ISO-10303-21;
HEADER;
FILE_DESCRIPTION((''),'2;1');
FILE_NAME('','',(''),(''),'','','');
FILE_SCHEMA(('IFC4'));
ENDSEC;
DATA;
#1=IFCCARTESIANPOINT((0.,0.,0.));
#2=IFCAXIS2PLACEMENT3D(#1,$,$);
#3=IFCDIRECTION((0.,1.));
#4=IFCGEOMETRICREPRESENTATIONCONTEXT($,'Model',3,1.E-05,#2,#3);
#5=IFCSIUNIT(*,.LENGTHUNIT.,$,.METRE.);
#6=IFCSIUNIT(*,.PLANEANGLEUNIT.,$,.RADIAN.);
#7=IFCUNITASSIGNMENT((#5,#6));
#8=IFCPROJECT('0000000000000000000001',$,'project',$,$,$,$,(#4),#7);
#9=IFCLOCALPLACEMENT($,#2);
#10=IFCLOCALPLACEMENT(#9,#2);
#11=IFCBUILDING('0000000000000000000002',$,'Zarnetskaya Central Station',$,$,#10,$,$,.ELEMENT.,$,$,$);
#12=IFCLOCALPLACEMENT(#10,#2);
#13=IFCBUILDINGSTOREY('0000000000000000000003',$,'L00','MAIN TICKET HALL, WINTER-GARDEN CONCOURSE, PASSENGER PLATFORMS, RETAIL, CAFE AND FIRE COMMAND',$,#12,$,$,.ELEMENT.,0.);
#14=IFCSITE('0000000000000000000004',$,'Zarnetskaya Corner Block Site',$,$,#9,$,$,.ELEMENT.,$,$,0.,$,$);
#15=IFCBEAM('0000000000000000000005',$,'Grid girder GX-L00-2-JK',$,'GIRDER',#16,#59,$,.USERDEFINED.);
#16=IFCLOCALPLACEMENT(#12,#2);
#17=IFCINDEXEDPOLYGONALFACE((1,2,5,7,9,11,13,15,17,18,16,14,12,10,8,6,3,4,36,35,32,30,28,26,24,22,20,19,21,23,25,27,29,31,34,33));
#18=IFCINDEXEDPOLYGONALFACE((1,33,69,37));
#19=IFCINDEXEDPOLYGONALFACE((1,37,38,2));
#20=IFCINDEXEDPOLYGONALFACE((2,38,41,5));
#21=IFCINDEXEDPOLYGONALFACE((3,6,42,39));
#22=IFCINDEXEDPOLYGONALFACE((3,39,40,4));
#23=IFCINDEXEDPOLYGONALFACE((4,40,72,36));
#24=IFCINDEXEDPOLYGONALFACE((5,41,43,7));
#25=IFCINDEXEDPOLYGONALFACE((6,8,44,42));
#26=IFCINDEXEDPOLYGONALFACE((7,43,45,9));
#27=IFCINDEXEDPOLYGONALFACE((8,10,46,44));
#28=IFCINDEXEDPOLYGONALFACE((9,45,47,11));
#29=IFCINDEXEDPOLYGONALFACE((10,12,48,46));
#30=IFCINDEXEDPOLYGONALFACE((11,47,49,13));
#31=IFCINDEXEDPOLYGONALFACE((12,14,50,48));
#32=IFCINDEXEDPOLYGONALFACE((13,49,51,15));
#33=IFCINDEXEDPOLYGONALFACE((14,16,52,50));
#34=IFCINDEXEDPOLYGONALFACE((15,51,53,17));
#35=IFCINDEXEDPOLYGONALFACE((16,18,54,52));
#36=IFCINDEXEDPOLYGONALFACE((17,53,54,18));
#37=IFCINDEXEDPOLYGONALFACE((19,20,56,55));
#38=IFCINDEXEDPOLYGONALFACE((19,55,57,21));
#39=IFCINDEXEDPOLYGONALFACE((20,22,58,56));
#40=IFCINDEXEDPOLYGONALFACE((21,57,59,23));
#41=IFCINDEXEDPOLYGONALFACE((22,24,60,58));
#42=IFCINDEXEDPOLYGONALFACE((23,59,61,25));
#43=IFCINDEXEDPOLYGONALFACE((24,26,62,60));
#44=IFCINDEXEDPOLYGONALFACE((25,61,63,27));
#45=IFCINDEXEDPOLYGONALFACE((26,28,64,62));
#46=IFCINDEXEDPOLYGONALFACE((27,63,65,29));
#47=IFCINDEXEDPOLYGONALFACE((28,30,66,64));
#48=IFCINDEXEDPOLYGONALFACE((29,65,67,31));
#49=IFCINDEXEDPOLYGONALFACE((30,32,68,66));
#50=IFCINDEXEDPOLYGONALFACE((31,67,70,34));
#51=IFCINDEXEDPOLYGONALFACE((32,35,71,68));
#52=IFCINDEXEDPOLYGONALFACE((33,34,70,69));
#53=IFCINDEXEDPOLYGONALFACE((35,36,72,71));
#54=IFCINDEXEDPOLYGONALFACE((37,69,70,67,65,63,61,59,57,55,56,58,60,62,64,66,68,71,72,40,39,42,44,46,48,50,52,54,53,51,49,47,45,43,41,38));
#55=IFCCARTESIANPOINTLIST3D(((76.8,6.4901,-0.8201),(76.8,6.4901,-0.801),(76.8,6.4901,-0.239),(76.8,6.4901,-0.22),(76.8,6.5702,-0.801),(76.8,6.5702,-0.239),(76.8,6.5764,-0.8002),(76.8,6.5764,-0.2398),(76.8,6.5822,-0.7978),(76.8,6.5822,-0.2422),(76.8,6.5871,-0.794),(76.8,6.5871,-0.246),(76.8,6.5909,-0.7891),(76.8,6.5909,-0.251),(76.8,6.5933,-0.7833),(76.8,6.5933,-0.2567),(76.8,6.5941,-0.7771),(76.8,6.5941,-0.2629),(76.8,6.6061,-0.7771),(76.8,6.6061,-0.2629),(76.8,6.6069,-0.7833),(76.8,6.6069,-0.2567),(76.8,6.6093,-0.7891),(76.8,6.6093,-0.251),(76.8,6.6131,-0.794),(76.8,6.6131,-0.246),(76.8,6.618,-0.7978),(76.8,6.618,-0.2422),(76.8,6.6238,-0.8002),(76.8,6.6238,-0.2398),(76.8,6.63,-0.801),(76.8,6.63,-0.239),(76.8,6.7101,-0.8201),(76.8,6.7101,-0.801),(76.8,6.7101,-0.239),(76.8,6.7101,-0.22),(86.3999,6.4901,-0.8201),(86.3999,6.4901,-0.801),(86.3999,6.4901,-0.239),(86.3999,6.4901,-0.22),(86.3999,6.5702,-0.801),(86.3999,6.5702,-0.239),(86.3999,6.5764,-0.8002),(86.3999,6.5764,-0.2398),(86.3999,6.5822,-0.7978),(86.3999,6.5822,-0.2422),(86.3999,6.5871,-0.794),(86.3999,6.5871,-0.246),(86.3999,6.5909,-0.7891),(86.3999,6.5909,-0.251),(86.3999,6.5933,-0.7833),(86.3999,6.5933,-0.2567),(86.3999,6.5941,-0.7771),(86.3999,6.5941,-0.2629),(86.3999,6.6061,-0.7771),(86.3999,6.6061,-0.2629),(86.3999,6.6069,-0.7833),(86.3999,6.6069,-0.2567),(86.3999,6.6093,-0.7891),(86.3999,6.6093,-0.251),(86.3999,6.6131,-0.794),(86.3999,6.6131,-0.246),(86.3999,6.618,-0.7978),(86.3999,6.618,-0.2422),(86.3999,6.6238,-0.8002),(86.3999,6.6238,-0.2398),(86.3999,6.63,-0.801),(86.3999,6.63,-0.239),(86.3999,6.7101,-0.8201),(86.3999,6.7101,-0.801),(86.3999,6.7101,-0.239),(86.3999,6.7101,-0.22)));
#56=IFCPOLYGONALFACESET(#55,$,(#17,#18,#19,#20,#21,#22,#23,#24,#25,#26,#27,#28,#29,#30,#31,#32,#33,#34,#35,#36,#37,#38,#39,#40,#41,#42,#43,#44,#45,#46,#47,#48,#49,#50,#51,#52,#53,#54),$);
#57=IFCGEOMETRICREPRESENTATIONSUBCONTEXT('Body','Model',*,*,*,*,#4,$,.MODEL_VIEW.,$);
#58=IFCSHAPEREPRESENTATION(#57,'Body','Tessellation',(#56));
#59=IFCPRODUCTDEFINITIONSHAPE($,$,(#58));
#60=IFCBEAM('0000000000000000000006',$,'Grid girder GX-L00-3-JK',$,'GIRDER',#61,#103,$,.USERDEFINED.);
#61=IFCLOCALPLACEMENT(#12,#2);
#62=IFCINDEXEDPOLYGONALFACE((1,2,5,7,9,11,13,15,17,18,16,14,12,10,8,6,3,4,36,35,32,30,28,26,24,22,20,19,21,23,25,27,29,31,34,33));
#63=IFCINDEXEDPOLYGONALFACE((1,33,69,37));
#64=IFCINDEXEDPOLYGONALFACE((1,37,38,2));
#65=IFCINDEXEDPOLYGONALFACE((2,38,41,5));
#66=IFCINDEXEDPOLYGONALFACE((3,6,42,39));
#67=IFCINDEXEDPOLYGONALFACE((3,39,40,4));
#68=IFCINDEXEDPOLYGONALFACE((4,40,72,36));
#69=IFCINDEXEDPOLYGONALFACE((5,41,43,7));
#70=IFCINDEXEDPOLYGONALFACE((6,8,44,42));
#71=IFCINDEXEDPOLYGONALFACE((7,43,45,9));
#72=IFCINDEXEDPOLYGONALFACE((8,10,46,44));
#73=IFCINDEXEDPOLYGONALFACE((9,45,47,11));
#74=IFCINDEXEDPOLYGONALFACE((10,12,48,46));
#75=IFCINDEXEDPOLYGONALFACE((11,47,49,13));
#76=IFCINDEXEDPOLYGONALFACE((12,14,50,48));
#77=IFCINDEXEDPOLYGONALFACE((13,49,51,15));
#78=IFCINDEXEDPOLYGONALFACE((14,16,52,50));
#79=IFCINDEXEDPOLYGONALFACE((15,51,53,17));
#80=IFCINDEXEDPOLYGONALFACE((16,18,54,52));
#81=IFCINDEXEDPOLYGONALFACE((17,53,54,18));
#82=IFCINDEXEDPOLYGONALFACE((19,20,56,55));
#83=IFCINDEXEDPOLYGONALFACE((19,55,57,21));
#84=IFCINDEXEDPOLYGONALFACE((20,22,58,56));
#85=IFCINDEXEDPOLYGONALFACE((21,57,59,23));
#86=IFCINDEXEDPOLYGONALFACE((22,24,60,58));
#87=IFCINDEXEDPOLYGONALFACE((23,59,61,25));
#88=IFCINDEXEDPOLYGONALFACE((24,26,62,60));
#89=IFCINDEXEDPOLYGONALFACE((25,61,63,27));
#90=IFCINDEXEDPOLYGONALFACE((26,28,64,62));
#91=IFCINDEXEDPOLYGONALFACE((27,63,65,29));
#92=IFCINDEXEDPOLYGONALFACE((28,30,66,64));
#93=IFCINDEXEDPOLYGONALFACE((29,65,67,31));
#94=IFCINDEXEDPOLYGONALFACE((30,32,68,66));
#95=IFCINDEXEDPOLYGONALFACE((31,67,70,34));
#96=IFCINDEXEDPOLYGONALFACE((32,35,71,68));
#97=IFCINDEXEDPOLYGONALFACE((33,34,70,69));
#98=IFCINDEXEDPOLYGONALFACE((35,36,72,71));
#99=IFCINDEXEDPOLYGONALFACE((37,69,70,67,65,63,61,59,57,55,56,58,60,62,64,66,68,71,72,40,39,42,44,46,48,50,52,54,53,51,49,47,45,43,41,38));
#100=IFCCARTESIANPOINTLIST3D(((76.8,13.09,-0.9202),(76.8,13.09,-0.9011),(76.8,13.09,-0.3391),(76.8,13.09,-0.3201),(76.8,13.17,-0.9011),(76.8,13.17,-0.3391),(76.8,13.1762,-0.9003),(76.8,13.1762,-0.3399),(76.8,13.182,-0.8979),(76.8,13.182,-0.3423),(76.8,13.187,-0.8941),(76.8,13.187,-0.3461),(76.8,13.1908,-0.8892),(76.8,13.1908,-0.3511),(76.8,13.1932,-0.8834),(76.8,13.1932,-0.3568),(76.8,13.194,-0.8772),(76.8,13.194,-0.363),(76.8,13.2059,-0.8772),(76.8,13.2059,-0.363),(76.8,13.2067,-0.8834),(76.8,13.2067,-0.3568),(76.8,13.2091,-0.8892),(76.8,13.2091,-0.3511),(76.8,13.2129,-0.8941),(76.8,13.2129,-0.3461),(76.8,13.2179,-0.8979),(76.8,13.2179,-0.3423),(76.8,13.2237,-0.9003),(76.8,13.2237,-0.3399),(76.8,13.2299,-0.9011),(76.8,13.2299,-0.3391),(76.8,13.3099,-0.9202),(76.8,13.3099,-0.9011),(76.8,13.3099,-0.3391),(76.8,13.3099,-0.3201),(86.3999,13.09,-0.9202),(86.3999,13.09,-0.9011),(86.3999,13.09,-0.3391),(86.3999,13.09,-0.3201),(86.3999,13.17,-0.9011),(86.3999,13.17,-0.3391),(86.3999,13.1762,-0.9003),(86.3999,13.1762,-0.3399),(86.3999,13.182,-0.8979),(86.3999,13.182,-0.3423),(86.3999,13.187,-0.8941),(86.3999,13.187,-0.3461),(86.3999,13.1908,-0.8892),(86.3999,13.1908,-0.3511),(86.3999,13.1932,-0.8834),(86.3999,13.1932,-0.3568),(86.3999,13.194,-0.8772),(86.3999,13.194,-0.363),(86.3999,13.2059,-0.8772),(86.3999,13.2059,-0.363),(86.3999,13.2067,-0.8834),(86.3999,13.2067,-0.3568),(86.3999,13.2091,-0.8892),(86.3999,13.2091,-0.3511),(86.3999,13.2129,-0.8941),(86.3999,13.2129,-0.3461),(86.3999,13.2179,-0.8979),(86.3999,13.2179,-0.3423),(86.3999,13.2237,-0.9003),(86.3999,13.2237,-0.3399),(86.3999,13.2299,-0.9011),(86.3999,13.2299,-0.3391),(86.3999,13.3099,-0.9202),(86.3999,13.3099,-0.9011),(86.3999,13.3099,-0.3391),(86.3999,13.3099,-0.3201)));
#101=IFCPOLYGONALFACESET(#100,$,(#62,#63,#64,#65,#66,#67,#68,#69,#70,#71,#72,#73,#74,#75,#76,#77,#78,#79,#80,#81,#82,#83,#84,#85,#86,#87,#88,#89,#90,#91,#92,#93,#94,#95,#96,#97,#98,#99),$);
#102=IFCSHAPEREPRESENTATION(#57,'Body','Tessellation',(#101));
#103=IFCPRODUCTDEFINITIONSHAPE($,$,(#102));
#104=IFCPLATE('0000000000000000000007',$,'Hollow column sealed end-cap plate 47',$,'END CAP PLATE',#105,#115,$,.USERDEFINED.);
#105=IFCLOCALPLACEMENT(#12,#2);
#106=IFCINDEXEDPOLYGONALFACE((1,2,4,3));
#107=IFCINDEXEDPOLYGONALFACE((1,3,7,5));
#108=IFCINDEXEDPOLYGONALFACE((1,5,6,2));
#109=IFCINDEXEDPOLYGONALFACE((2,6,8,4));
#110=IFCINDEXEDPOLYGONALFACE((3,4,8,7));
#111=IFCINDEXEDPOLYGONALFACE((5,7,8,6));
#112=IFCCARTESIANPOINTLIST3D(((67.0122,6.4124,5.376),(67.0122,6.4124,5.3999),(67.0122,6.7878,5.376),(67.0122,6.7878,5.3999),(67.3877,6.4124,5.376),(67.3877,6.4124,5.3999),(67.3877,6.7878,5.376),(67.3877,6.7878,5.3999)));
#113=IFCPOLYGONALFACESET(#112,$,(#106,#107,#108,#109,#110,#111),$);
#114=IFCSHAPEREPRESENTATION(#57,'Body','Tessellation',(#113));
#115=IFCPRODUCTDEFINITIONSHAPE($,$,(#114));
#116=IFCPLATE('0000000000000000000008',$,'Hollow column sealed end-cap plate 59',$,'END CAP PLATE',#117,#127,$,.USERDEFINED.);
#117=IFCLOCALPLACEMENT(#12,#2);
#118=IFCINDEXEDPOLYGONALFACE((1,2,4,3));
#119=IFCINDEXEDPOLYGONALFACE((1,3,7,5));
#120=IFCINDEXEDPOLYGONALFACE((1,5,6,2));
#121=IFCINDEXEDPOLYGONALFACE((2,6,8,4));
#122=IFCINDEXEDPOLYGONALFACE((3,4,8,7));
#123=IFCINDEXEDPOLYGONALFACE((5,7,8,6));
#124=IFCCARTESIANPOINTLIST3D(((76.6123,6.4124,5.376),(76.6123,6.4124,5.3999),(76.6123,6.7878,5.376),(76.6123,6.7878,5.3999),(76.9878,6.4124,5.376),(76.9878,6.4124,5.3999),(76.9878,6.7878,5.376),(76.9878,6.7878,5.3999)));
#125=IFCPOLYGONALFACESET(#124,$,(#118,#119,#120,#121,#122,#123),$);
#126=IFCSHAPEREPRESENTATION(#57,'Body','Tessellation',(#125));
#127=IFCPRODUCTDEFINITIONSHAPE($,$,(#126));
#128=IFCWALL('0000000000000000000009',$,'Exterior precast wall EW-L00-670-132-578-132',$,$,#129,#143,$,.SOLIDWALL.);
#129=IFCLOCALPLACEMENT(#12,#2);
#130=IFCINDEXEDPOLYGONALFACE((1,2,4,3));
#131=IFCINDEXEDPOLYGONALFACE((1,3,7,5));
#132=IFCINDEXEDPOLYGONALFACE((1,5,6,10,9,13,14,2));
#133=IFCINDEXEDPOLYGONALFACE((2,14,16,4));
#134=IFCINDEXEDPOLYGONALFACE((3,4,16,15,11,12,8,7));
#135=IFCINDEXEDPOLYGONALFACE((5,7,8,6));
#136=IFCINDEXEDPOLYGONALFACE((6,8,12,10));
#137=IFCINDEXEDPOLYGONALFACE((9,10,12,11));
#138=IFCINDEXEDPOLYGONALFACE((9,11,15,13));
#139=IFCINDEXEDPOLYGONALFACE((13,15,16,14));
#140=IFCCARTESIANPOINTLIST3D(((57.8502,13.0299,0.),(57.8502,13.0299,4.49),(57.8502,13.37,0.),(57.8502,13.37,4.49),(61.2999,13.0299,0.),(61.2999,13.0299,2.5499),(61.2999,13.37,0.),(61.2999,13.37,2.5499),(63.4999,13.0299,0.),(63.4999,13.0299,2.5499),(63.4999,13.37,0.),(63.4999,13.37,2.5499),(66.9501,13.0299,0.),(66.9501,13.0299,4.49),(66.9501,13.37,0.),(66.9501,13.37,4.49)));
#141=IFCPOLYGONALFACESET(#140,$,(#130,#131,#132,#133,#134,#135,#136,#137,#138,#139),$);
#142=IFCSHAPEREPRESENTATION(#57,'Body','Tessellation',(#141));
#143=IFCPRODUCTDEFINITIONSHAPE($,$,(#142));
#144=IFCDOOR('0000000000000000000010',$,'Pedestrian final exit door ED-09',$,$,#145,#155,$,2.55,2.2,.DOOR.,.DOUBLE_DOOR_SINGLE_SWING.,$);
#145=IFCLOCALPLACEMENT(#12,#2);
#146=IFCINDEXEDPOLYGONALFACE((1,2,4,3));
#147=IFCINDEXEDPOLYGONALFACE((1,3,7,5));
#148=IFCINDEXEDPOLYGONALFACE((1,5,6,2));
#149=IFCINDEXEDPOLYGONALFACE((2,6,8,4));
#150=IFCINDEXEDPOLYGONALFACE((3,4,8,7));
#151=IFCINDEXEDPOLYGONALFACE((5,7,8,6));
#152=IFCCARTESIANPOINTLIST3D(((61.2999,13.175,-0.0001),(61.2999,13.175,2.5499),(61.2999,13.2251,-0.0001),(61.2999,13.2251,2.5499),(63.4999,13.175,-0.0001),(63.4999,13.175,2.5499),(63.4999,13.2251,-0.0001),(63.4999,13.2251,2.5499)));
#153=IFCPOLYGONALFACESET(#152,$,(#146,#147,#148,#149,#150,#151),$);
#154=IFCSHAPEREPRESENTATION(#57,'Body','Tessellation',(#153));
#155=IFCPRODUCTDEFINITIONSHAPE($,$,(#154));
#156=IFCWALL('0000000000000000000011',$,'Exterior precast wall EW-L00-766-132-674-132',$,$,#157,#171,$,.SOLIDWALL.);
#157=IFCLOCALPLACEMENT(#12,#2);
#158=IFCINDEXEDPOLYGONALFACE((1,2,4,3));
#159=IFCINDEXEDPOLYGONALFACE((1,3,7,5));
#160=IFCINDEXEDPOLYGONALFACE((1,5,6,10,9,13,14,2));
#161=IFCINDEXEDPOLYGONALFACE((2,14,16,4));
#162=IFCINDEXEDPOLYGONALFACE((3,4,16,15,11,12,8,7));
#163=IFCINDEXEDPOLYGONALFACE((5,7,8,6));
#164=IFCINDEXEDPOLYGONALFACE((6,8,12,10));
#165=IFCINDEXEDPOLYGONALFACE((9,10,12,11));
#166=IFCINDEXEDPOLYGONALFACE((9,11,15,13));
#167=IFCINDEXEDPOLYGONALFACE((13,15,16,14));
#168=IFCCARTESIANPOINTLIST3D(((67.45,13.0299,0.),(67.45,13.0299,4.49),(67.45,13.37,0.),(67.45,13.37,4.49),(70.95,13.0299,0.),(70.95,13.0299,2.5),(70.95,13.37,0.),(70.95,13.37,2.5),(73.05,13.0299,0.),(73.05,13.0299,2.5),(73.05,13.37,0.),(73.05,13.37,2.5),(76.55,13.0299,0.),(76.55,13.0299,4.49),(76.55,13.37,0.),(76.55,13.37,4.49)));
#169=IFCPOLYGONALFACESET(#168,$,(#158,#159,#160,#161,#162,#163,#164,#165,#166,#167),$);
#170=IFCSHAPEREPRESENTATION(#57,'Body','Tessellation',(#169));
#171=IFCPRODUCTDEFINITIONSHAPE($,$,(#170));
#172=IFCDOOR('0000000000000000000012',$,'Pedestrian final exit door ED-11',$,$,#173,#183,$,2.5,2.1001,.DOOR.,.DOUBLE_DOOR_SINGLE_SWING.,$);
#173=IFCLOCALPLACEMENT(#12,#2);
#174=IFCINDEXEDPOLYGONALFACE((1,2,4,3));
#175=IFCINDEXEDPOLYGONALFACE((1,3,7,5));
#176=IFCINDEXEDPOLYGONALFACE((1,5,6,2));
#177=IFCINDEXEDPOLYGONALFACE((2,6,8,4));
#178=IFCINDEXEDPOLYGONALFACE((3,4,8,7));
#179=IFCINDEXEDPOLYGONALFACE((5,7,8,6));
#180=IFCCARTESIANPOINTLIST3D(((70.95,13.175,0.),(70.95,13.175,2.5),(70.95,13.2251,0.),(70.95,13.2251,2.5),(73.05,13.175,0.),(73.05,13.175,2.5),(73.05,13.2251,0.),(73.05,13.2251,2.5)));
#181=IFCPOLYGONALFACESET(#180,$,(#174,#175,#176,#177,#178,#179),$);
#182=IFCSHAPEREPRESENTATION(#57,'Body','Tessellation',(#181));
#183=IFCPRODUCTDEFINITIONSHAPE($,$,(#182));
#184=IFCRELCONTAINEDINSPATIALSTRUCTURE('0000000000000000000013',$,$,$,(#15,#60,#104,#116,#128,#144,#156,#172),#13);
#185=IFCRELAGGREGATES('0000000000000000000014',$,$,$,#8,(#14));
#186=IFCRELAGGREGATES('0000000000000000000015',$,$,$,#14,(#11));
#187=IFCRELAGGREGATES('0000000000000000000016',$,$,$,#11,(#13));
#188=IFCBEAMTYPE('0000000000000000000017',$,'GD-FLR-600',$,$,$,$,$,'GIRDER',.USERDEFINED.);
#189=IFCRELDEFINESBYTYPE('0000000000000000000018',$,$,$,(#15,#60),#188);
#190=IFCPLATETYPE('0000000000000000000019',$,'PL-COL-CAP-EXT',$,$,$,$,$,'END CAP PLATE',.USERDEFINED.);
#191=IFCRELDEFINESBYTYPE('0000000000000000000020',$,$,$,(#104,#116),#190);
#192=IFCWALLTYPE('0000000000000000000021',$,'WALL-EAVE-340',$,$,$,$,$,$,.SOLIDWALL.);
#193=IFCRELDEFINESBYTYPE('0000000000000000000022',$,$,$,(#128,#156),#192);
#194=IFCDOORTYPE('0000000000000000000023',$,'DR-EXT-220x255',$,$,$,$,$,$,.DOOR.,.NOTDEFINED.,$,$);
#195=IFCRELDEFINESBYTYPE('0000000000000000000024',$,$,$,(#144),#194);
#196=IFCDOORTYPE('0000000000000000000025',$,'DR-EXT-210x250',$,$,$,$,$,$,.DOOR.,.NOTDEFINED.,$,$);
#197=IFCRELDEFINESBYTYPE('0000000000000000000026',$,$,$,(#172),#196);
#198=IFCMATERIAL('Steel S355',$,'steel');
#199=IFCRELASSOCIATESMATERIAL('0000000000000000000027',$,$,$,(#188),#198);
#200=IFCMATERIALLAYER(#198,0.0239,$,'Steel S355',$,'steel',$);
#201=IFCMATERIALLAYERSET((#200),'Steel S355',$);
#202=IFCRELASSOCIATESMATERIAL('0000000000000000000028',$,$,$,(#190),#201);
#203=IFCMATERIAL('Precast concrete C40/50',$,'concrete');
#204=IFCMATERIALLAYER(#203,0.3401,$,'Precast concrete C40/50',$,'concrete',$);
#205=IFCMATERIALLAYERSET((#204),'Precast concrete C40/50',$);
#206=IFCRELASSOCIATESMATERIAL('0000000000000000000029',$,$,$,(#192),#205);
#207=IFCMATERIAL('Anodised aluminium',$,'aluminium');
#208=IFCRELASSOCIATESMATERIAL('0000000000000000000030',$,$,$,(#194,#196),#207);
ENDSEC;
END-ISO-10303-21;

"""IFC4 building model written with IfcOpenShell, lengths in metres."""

from ifc_helpers import new_model, si_unit, direction, frame, frame_2d, origin, origin_2d, place, context, subcontext, project, spatial, rectangle, i_section, extrude, material, layer, layer_set, material_profile, profile_set, type_object, element, fill, save


model = new_model("IFC4")

# Units and contexts
model_context = context("Model", 3, precision=1e-05, world=origin(), true_north=direction((0.0, 1.0)))
body_context = subcontext(model_context, "Body", "Model", "MODEL_VIEW")
ifc_project = project(units=[si_unit("LENGTHUNIT", "METRE"), si_unit("PLANEANGLEUNIT", "RADIAN")], contexts=[model_context])

# Site, building, storey
site_placement = place(None, origin())
site = spatial("IfcSite", under=ifc_project, at=site_placement, Name="Zarnetskaya Corner Block Site", CompositionType="ELEMENT", RefElevation=0.0)
building_placement = place(site_placement, origin())
building = spatial("IfcBuilding", under=site, at=building_placement, Name="Zarnetskaya Central Station", CompositionType="ELEMENT")
storey_placement = place(building_placement, origin())
storey = spatial("IfcBuildingStorey", under=building, at=storey_placement, Name="L00", Description="MAIN TICKET HALL, WINTER-GARDEN CONCOURSE, PASSENGER PLATFORMS, RETAIL, CAFE AND FIRE COMMAND", CompositionType="ELEMENT", Elevation=0.0)

# Shared definitions
ifc_material_1 = material(Name="Steel S355", Category="steel")

# Beams
ifc_material_profile_1 = material_profile(ifc_material_1, i_section(OverallWidth=0.22, OverallDepth=0.6001, WebThickness=0.012, FlangeThickness=0.019, FilletRadius=0.0239, at=origin_2d()), Name="IPE 600")
ifc_profile_set_1 = profile_set([ifc_material_profile_1], Name="Steel S355")
beam_type_1 = type_object("IfcBeamType", Name="GD-FLR-600", ElementType="GIRDER", PredefinedType="USERDEFINED", material=ifc_profile_set_1)
for number, where, z_axis, x_axis, name in (
    (1, (76.8, 6.6001, -0.52), (1.0, 0.0, 0.0), (0.0, 1.0, 0.0), "Grid girder GX-L00-2-JK"),
    (2, (76.8, 13.2, -0.6201), (1.0, 0.0, 0.0), (0.0, 1.0, 0.0), "Grid girder GX-L00-3-JK"),
):
    element("IfcBeam", number, at=place(storey_placement, frame(where, z_axis=z_axis, x_axis=x_axis)), inside=storey, type_object=beam_type_1, Name=name, ObjectType="GIRDER", PredefinedType="USERDEFINED", context=body_context, shape_type="SweptSolid", body=[
        extrude(i_section(OverallWidth=0.22, OverallDepth=0.6001, WebThickness=0.012, FlangeThickness=0.019, FilletRadius=0.0239, at=origin_2d()), origin(), (0.0, 0.0, 1.0), 9.5999),
    ])

# Plates
ifc_layer_1 = layer(ifc_material_1, 0.0239, Name="Steel S355", Category="steel")
ifc_layer_set_1 = layer_set([ifc_layer_1], Name="Steel S355")
plate_type = type_object("IfcPlateType", Name="PL-COL-CAP-EXT", ElementType="END CAP PLATE", PredefinedType="USERDEFINED", material=ifc_layer_set_1)
for number, where, z_axis, x_axis, name in (
    (3, (67.2, 6.6001, 5.376), (0.0, 0.0, 1.0), (1.0, 0.0, 0.0), "Hollow column sealed end-cap plate 47"),
    (4, (76.8, 6.6001, 5.376), (0.0, 0.0, 1.0), (1.0, 0.0, 0.0), "Hollow column sealed end-cap plate 59"),
):
    element("IfcPlate", number, at=place(storey_placement, frame(where, z_axis=z_axis, x_axis=x_axis)), inside=storey, type_object=plate_type, Name=name, ObjectType="END CAP PLATE", PredefinedType="USERDEFINED", context=body_context, shape_type="SweptSolid", body=[
        extrude(rectangle(XDim=0.3755, YDim=0.3755, at=origin_2d()), origin(), (0.0, 0.0, 1.0), 0.0239),
    ])

# Walls, openings, doors
ifc_material_2 = material(Name="Precast concrete C40/50", Category="concrete")
ifc_layer_2 = layer(ifc_material_2, 0.3401, Name="Precast concrete C40/50", Category="concrete")
ifc_layer_set_2 = layer_set([ifc_layer_2], Name="Precast concrete C40/50")
wall_type = type_object("IfcWallType", Name="WALL-EAVE-340", PredefinedType="SOLIDWALL", material=ifc_layer_set_2)
wall_1_placement = place(storey_placement, frame((66.95, 13.2, 0.0), z_axis=(0.0, 0.0, 1.0), x_axis=(-1.0, 0.0, 0.0)))
wall_1 = element("IfcWall", 5, at=wall_1_placement, inside=storey, type_object=wall_type, Name="Exterior precast wall EW-L00-670-132-578-132", PredefinedType="SOLIDWALL", context=body_context, shape_type="SweptSolid", body=[
    extrude(rectangle(XDim=9.0999, YDim=0.3401, at=frame_2d((4.5498, 0.0))), origin(), (0.0, 0.0, 1.0), 4.49),
])
opening_1_placement = place(wall_1_placement, frame((3.45, 0.0, 0.0)))
opening_1 = element("IfcOpeningElement", 6, at=opening_1_placement, cuts=wall_1, PredefinedType="OPENING", context=body_context, shape_type="SweptSolid", body=[
    extrude(rectangle(XDim=2.2, YDim=2.55, at=frame_2d((1.1001, 1.2749))), frame((0.0, 0.1802, 0.0), z_axis=(0.0, -1.0, 0.0), x_axis=(1.0, 0.0, 0.0)), (0.0, 0.0, 1.0), 0.3601),
])
ifc_material_3 = material(Name="Anodised aluminium", Category="aluminium")
door_type_1 = type_object("IfcDoorType", Name="DR-EXT-220x255", OperationType="NOTDEFINED", PredefinedType="DOOR", material=ifc_material_3)
door_1_placement = place(opening_1_placement, origin())
door_1 = element("IfcDoor", 7, at=door_1_placement, inside=storey, type_object=door_type_1, Name="Pedestrian final exit door ED-09", OperationType="DOUBLE_DOOR_SINGLE_SWING", OverallHeight=2.55, OverallWidth=2.2, PredefinedType="DOOR", context=body_context, shape_type="SweptSolid", body=[
    extrude(rectangle(XDim=2.2, YDim=2.55, at=frame_2d((1.1001, 1.2749))), frame((0.0, 0.0249, 0.0), z_axis=(0.0, -1.0, 0.0), x_axis=(1.0, 0.0, 0.0)), (0.0, 0.0, 1.0), 0.05),
])
fill(opening_1, door_1)
wall_2_placement = place(storey_placement, frame((76.55, 13.2, 0.0), z_axis=(0.0, 0.0, 1.0), x_axis=(-1.0, 0.0, 0.0)))
wall_2 = element("IfcWall", 8, at=wall_2_placement, inside=storey, type_object=wall_type, Name="Exterior precast wall EW-L00-766-132-674-132", PredefinedType="SOLIDWALL", context=body_context, shape_type="SweptSolid", body=[
    extrude(rectangle(XDim=9.1001, YDim=0.3401, at=frame_2d((4.55, 0.0))), origin(), (0.0, 0.0, 1.0), 4.49),
])
opening_2_placement = place(wall_2_placement, frame((3.5, 0.0, 0.0)))
opening_2 = element("IfcOpeningElement", 9, at=opening_2_placement, cuts=wall_2, PredefinedType="OPENING", context=body_context, shape_type="SweptSolid", body=[
    extrude(rectangle(XDim=2.1001, YDim=2.5, at=frame_2d((1.05, 1.25))), frame((0.0, 0.1802, 0.0), z_axis=(0.0, -1.0, 0.0), x_axis=(1.0, 0.0, 0.0)), (0.0, 0.0, 1.0), 0.3601),
])
door_type_2 = type_object("IfcDoorType", Name="DR-EXT-210x250", OperationType="NOTDEFINED", PredefinedType="DOOR", material=ifc_material_3)
door_2_placement = place(opening_2_placement, origin())
door_2 = element("IfcDoor", 10, at=door_2_placement, inside=storey, type_object=door_type_2, Name="Pedestrian final exit door ED-11", OperationType="DOUBLE_DOOR_SINGLE_SWING", OverallHeight=2.5, OverallWidth=2.1001, PredefinedType="DOOR", context=body_context, shape_type="SweptSolid", body=[
    extrude(rectangle(XDim=2.1001, YDim=2.5, at=frame_2d((1.05, 1.25))), frame((0.0, 0.0249, 0.0), z_axis=(0.0, -1.0, 0.0), x_axis=(1.0, 0.0, 0.0)), (0.0, 0.0, 1.0), 0.05),
])
fill(opening_2, door_2)

save(model, "model.ifc")
